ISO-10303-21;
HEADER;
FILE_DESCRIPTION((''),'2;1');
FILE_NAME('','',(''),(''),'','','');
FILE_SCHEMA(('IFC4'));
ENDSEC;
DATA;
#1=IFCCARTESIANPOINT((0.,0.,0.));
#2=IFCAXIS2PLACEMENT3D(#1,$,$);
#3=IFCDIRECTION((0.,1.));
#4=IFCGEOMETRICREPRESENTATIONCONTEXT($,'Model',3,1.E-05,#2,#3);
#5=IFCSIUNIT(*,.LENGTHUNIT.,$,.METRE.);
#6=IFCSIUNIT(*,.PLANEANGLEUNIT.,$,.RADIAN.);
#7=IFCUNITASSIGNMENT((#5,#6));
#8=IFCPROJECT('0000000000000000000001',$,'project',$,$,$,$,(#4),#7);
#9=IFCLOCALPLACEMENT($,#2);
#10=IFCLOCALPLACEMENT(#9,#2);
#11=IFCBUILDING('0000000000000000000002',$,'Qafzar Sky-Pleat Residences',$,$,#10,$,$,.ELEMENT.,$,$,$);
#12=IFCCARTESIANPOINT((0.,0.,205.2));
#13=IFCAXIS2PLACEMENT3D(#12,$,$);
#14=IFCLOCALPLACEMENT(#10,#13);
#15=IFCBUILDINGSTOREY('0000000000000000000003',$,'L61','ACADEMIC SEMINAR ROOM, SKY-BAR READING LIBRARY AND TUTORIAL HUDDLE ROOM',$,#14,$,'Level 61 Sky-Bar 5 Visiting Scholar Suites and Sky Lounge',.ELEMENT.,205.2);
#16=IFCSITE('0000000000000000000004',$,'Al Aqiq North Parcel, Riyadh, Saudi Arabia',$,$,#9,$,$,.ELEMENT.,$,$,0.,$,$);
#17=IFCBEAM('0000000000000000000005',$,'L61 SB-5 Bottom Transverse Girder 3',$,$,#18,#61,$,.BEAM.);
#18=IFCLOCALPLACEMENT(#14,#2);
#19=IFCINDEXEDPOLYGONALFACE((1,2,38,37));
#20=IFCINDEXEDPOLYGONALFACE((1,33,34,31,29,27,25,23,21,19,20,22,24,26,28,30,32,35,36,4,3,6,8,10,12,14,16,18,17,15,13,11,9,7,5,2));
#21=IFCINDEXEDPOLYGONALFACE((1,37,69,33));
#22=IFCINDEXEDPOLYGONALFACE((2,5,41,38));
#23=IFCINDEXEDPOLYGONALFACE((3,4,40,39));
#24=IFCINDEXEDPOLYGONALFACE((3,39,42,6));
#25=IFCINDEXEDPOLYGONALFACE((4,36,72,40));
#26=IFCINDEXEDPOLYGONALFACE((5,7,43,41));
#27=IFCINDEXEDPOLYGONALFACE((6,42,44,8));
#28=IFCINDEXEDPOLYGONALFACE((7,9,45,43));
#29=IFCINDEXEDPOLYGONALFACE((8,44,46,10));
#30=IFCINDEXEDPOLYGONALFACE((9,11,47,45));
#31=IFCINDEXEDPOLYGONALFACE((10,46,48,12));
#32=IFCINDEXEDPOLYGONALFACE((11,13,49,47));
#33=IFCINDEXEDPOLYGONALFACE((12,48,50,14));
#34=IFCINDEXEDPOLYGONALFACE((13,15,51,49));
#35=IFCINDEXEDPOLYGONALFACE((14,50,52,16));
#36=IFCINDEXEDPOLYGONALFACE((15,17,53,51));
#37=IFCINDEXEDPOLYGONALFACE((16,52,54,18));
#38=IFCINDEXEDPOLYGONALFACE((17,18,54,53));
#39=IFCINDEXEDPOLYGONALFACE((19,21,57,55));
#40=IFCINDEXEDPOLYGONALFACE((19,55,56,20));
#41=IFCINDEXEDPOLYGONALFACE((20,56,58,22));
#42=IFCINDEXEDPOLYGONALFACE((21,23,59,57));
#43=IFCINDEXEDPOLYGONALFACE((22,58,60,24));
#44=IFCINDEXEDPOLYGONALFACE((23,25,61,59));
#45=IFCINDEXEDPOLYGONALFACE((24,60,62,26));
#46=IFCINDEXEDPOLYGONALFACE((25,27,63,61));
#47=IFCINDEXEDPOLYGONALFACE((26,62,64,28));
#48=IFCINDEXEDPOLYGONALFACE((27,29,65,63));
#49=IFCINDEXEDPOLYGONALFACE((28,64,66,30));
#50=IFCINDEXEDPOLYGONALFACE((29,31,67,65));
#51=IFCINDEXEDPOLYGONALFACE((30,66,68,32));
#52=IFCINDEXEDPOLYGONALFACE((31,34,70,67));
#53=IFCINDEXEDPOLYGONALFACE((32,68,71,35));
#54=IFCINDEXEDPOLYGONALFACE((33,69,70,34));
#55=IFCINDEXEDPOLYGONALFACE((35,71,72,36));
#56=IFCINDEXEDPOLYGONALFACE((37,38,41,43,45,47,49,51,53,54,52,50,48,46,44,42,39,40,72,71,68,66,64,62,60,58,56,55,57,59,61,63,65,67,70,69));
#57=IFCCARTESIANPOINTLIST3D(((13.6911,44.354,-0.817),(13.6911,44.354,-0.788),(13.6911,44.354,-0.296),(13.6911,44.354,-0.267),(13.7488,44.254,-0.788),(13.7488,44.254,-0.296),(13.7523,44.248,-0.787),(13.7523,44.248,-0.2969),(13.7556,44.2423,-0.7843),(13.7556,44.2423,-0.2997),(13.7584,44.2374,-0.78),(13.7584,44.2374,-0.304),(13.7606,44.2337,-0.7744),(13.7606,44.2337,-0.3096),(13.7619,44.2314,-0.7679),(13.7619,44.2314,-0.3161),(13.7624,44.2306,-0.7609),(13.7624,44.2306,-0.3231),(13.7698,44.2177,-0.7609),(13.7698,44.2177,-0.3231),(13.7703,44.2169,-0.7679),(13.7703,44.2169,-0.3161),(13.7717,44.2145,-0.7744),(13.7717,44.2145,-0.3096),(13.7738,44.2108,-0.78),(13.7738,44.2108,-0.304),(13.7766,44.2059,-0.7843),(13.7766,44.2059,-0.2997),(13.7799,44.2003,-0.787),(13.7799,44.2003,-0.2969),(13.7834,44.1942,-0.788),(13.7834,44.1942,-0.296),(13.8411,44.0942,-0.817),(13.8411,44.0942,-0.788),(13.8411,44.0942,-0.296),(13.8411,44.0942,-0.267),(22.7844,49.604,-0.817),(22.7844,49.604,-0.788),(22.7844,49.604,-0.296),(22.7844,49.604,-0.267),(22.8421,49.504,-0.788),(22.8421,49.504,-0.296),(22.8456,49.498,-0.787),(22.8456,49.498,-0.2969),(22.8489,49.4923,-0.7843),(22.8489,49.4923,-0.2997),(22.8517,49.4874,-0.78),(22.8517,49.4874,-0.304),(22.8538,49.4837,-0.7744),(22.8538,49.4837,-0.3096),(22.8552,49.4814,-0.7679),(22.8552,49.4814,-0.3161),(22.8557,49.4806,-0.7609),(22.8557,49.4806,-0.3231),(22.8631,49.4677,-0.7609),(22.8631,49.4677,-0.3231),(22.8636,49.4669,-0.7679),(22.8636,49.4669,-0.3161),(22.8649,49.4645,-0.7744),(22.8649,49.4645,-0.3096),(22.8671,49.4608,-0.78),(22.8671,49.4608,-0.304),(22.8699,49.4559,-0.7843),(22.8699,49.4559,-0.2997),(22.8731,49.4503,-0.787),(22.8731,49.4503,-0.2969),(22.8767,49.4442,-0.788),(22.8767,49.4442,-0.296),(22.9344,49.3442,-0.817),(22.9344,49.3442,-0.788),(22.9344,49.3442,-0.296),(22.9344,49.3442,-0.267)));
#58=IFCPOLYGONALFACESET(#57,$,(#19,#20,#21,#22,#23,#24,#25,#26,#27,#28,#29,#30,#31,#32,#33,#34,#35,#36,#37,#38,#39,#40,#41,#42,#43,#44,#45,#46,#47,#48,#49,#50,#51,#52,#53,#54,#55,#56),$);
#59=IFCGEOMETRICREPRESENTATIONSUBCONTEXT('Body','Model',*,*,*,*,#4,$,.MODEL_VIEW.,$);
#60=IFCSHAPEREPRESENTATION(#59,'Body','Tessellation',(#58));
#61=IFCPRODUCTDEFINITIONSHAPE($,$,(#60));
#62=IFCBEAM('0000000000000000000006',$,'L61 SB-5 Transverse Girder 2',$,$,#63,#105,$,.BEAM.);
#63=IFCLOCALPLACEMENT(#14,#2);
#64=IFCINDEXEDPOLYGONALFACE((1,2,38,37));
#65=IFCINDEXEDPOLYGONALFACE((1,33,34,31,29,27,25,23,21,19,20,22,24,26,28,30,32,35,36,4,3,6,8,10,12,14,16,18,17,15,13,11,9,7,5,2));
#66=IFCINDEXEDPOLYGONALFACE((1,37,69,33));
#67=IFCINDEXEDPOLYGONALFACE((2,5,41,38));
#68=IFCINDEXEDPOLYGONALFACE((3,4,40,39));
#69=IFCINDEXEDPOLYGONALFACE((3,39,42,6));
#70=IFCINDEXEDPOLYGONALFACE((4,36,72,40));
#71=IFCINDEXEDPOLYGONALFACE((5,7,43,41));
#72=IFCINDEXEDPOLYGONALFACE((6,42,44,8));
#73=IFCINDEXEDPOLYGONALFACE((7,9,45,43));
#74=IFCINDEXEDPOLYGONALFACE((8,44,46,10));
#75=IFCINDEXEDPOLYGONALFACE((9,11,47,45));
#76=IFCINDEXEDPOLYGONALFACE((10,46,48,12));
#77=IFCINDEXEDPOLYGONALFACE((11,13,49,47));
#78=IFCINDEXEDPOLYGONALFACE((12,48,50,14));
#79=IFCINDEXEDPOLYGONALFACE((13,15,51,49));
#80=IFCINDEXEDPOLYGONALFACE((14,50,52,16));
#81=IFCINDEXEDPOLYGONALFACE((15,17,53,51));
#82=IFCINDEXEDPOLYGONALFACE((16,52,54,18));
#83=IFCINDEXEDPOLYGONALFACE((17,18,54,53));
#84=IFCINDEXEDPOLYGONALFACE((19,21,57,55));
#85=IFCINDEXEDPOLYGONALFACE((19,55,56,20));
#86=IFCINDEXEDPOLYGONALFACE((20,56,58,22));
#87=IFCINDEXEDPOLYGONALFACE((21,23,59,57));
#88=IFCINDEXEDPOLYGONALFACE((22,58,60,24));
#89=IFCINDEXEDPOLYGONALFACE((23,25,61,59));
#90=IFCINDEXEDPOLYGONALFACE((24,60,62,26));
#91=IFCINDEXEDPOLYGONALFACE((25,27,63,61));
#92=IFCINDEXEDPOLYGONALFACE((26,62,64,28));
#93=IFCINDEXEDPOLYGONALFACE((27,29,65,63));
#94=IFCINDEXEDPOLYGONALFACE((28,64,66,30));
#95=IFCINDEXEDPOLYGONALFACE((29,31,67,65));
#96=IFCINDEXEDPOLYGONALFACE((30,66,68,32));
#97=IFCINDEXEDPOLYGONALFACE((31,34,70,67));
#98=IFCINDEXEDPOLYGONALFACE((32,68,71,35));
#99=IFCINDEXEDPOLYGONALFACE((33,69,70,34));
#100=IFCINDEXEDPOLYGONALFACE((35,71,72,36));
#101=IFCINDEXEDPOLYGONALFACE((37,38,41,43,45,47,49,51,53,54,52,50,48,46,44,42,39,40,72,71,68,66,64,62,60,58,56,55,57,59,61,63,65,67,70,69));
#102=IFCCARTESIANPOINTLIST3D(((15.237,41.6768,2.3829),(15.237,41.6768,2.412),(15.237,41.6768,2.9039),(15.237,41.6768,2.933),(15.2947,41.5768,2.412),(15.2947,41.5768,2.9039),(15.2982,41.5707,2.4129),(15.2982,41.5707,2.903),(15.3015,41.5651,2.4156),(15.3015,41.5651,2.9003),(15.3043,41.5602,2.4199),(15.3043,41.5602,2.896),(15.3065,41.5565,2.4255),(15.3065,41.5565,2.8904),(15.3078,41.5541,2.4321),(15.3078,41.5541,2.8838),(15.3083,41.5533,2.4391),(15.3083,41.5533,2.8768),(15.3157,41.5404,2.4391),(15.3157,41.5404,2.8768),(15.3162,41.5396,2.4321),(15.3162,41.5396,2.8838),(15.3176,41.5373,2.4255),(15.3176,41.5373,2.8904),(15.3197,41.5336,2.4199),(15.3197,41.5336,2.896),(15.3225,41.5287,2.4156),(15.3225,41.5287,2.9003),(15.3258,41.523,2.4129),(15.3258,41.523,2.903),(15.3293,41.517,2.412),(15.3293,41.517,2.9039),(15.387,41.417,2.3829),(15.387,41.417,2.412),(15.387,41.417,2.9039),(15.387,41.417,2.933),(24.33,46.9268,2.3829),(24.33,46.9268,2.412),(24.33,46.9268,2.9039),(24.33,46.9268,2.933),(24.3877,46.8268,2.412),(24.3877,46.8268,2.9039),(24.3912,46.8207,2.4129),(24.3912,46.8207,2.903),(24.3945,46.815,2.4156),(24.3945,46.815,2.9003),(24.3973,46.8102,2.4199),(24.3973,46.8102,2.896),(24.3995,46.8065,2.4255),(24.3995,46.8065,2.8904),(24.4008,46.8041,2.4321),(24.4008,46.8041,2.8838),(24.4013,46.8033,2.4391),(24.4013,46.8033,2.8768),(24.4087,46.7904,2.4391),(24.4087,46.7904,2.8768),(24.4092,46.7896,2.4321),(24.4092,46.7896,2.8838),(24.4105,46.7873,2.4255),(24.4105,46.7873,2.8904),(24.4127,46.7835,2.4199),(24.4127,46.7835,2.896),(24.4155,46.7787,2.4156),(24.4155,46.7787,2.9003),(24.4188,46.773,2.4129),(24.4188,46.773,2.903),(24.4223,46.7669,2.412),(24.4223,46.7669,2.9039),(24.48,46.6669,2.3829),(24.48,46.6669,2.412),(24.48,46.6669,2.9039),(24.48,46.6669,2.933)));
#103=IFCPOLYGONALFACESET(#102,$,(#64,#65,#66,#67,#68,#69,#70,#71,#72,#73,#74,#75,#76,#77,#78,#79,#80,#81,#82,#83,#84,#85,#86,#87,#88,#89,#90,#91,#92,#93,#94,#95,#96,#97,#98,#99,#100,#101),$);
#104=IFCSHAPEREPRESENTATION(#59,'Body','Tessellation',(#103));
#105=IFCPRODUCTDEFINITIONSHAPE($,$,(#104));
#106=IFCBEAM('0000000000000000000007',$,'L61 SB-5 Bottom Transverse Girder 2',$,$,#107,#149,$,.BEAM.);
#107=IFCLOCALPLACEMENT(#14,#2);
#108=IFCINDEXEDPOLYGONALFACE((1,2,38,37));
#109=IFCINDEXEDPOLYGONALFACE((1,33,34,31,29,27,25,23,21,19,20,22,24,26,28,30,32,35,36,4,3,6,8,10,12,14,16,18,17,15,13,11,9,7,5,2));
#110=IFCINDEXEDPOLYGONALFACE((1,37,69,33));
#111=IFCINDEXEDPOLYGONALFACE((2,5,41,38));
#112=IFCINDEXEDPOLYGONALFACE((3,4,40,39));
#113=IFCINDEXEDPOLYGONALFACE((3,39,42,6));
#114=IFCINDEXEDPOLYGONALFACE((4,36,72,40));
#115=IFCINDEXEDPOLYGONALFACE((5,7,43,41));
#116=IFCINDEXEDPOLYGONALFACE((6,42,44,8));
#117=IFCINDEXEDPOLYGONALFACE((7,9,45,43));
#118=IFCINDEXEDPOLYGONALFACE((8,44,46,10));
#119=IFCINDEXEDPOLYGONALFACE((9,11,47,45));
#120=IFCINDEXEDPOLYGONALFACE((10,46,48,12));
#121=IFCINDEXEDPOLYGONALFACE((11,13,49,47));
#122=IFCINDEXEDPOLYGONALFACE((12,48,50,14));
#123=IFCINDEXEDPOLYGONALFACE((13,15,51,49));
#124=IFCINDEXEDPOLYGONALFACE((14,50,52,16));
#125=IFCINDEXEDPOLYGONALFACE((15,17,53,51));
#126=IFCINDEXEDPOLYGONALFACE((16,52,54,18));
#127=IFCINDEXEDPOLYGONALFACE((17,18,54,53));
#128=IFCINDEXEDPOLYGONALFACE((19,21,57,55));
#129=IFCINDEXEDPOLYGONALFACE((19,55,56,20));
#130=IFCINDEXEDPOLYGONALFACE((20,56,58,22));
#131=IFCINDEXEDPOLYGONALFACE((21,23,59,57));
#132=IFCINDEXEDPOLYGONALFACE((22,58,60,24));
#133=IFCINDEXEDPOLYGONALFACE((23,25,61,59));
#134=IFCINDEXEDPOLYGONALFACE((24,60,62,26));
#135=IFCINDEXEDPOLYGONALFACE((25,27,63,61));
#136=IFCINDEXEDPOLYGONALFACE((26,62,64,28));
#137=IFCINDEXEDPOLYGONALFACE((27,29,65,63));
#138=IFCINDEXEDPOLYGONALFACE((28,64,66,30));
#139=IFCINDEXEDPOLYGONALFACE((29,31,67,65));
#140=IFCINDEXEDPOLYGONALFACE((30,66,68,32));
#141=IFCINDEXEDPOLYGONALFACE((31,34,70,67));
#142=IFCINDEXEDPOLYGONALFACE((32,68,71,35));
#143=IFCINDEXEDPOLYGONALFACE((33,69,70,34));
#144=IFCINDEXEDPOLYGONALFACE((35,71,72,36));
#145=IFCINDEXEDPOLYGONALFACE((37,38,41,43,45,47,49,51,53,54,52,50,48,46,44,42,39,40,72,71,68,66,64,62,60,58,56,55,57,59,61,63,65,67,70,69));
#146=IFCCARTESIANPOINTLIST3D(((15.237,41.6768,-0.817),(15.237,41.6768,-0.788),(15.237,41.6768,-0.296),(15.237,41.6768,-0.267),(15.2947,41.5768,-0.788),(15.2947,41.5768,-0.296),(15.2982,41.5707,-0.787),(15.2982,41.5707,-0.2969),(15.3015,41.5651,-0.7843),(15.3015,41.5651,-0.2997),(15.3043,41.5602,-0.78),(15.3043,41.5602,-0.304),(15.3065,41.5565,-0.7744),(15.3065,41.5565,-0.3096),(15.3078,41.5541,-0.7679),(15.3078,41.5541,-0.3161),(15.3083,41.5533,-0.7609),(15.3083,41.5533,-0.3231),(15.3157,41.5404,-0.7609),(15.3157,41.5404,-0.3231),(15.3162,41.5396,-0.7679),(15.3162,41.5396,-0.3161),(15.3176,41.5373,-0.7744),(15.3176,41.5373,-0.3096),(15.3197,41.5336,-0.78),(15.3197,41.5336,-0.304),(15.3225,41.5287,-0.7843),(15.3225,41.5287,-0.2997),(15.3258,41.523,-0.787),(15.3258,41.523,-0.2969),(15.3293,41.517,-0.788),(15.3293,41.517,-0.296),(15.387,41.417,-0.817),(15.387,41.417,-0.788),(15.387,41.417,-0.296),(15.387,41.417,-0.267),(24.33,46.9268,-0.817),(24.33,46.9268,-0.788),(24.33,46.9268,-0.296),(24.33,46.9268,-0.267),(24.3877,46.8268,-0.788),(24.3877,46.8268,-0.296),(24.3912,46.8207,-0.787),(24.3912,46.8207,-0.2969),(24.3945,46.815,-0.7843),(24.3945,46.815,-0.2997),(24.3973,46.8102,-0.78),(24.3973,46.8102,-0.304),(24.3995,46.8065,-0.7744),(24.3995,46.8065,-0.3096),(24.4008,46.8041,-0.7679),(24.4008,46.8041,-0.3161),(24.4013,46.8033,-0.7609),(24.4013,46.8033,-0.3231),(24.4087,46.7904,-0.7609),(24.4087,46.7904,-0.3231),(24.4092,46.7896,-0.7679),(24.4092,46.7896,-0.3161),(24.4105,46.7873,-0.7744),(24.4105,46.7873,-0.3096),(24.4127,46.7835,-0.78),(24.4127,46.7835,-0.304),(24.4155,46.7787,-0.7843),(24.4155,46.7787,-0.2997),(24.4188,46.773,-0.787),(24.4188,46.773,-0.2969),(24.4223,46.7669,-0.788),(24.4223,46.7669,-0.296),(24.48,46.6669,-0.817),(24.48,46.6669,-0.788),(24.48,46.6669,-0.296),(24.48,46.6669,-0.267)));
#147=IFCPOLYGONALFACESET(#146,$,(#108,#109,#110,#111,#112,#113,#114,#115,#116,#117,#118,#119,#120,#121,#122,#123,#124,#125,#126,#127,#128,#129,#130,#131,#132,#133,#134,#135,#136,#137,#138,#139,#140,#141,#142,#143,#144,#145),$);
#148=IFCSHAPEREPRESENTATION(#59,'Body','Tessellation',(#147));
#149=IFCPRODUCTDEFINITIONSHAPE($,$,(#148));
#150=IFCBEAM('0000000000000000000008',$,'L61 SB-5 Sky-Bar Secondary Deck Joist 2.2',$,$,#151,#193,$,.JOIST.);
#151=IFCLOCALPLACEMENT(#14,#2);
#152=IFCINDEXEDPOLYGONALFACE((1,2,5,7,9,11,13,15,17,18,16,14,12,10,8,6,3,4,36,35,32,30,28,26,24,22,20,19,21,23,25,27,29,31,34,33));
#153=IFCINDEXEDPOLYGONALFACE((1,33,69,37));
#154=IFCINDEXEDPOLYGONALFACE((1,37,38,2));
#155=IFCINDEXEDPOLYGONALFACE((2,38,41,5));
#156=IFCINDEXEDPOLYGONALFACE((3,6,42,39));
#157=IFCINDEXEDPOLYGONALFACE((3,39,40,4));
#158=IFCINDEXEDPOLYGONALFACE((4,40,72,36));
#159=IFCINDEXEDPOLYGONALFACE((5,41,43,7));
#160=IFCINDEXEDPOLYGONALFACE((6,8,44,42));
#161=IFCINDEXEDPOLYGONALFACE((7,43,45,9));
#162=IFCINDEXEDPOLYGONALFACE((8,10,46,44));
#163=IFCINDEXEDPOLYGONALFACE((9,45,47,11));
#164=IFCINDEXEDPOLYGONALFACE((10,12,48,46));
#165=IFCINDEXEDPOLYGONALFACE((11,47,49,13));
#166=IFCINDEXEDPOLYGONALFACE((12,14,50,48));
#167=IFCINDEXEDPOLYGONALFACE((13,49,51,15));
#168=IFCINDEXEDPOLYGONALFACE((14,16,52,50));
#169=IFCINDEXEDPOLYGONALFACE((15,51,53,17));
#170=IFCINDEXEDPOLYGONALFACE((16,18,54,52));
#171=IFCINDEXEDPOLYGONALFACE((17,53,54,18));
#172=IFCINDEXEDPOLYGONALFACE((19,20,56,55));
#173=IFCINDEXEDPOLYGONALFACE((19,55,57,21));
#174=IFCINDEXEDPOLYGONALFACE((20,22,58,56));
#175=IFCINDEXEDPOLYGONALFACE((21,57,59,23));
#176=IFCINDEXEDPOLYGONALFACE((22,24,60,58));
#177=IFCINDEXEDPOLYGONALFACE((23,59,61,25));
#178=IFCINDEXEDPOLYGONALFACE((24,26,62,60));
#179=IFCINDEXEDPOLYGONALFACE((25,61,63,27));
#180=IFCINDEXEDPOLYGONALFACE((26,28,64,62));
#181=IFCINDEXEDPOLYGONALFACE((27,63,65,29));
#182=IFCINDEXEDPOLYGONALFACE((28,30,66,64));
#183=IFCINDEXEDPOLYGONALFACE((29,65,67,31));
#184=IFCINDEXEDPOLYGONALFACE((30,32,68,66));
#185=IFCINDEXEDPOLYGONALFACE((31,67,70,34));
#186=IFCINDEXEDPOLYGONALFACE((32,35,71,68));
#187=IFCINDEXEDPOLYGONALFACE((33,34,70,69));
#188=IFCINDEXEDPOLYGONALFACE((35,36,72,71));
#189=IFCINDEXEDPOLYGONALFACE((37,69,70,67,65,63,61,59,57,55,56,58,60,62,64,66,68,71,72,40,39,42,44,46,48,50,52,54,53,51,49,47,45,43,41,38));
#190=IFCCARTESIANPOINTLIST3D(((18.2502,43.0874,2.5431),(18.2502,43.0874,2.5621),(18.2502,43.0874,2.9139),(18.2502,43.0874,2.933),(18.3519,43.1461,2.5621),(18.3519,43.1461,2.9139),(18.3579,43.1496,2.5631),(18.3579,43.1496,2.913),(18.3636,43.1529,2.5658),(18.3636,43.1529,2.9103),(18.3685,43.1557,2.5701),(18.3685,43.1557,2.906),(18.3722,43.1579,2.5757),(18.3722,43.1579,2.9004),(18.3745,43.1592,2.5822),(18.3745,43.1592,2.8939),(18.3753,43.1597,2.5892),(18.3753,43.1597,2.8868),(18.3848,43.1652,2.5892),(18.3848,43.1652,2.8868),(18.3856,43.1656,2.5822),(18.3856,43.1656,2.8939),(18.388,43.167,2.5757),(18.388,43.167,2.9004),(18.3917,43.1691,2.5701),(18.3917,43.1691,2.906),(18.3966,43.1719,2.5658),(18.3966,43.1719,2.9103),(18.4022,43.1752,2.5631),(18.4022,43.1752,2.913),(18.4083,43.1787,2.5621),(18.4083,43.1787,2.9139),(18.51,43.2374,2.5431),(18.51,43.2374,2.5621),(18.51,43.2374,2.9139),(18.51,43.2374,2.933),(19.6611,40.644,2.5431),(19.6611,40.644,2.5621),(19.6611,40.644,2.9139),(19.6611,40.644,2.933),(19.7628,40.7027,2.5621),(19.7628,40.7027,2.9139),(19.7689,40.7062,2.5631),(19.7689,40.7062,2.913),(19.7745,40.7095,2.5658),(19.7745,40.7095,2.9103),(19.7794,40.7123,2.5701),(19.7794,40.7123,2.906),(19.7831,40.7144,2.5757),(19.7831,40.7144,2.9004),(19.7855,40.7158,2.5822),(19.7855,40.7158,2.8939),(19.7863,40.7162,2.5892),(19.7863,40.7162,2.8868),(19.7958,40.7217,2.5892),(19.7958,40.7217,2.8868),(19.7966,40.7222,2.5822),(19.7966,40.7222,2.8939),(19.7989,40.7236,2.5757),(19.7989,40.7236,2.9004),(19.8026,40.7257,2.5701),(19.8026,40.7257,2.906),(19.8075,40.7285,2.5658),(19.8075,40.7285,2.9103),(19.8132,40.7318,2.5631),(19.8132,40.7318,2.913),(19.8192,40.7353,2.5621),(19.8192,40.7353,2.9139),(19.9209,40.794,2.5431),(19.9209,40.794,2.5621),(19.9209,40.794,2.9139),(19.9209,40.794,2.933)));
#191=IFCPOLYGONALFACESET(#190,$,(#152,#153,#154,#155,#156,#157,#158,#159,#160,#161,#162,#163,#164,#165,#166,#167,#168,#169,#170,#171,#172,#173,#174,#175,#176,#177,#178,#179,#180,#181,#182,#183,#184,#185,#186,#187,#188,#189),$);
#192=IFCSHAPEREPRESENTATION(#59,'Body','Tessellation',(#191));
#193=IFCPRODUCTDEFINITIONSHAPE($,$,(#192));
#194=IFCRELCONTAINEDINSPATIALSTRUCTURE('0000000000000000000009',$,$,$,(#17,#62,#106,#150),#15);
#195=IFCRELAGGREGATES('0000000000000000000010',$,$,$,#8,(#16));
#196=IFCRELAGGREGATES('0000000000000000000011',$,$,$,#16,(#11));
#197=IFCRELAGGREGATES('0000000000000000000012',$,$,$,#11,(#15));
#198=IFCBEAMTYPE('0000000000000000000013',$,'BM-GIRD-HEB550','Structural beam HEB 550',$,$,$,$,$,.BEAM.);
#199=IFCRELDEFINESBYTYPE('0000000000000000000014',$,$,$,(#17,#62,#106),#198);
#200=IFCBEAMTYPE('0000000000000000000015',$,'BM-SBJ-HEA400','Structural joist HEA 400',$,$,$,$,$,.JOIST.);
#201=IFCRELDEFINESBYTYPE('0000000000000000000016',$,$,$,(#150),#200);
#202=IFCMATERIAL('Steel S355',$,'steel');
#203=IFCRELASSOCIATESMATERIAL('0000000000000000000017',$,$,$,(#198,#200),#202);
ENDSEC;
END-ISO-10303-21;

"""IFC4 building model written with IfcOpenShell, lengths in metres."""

from ifc_helpers import new_model, si_unit, direction, frame, origin, origin_2d, place, context, subcontext, project, spatial, i_section, extrude, source, transform, mapped, material, material_profile, profile_set, type_object, element, save


model = new_model("IFC4")

# Units and contexts
model_context = context("Model", 3, precision=1e-05, world=origin(), true_north=direction((0.0, 1.0)))
body_context = subcontext(model_context, "Body", "Model", "MODEL_VIEW")
ifc_project = project(units=[si_unit("LENGTHUNIT", "METRE"), si_unit("PLANEANGLEUNIT", "RADIAN")], contexts=[model_context])

# Site, building, storey
site_placement = place(None, origin())
site = spatial("IfcSite", under=ifc_project, at=site_placement, Name="Al Aqiq North Parcel, Riyadh, Saudi Arabia", CompositionType="ELEMENT", RefElevation=0.0)
building_placement = place(site_placement, origin())
building = spatial("IfcBuilding", under=site, at=building_placement, Name="Qafzar Sky-Pleat Residences", CompositionType="ELEMENT")
storey_placement = place(building_placement, frame((0.0, 0.0, 205.2)))
storey = spatial("IfcBuildingStorey", under=building, at=storey_placement, Name="L61", Description="ACADEMIC SEMINAR ROOM, SKY-BAR READING LIBRARY AND TUTORIAL HUDDLE ROOM", LongName="Level 61 Sky-Bar 5 Visiting Scholar Suites and Sky Lounge", CompositionType="ELEMENT", Elevation=205.2)

# Shared definitions
ifc_material_1 = material(Name="Steel S355", Category="steel")

# Beams
ifc_material_profile_1 = material_profile(ifc_material_1, i_section(OverallWidth=0.3, OverallDepth=0.55, WebThickness=0.0149, FlangeThickness=0.0291, FilletRadius=0.0271, at=origin_2d()), Name="HEB 550")
ifc_profile_set_1 = profile_set([ifc_material_profile_1], Name="Steel S355")
beam_type_1 = type_object("IfcBeamType", Name="BM-GIRD-HEB550", Description="Structural beam HEB 550", PredefinedType="BEAM", material=ifc_profile_set_1)
shared_shape_1 = source(origin(), body_context, "Body", "SweptSolid", [
    extrude(i_section(OverallWidth=0.3, OverallDepth=0.55, WebThickness=0.0149, FlangeThickness=0.0291, FilletRadius=0.0271, at=origin_2d()), origin(), (0.0, 0.0, 1.0), 10.5),
])
for number, where, z_axis, x_axis, name in (
    (1, (13.7661, 44.2241, -0.542), (0.866025, 0.5, 0.0), (-0.5, 0.866025, 0.0), "L61 SB-5 Bottom Transverse Girder 3"),
):
    element("IfcBeam", number, at=place(storey_placement, frame(where, z_axis=z_axis, x_axis=x_axis)), inside=storey, type_object=beam_type_1, Name=name, PredefinedType="BEAM", context=body_context, shape_type="MappedRepresentation", body=[
        mapped(shared_shape_1, transform((0.0, 0.0, 0.0), x_axis=(1.0, 0.0, 0.0), y_axis=(0.0, 1.0, 0.0), z_axis=(0.0, 0.0, 1.0), scale=1.0)),
    ])
shared_shape_2 = source(origin(), body_context, "Body", "SweptSolid", [
    extrude(i_section(OverallWidth=0.3, OverallDepth=0.55, WebThickness=0.0149, FlangeThickness=0.0291, FilletRadius=0.0271, at=origin_2d()), origin(), (0.0, 0.0, 1.0), 10.4998),
])
for number, where, z_axis, x_axis, name in (
    (2, (15.312, 41.5469, 2.658), (0.866019, 0.50001, 0.0), (-0.50001, 0.866019, 0.0), "L61 SB-5 Transverse Girder 2"),
    (3, (15.312, 41.5469, -0.542), (0.866019, 0.50001, 0.0), (-0.50001, 0.866019, 0.0), "L61 SB-5 Bottom Transverse Girder 2"),
):
    element("IfcBeam", number, at=place(storey_placement, frame(where, z_axis=z_axis, x_axis=x_axis)), inside=storey, type_object=beam_type_1, Name=name, PredefinedType="BEAM", context=body_context, shape_type="MappedRepresentation", body=[
        mapped(shared_shape_2, transform((0.0, 0.0, 0.0), x_axis=(1.0, 0.0, 0.0), y_axis=(0.0, 1.0, 0.0), z_axis=(0.0, 0.0, 1.0), scale=1.0)),
    ])
ifc_material_profile_2 = material_profile(ifc_material_1, i_section(OverallWidth=0.3, OverallDepth=0.3899, WebThickness=0.011, FlangeThickness=0.019, FilletRadius=0.0271, at=origin_2d()), Name="HEA 400")
ifc_profile_set_2 = profile_set([ifc_material_profile_2], Name="Steel S355")
beam_type_2 = type_object("IfcBeamType", Name="BM-SBJ-HEA400", Description="Structural joist HEA 400", PredefinedType="JOIST", material=ifc_profile_set_2)
shared_shape_3 = source(origin(), body_context, "Body", "SweptSolid", [
    extrude(i_section(OverallWidth=0.3, OverallDepth=0.3899, WebThickness=0.011, FlangeThickness=0.019, FilletRadius=0.0271, at=origin_2d()), origin(), (0.0, 0.0, 1.0), 2.8215),
])
beam_1_placement = place(storey_placement, frame((19.791, 40.719, 2.738), z_axis=(-0.500057, 0.865992, 0.0), x_axis=(-0.865992, -0.500057, 0.0)))
element("IfcBeam", 4, at=beam_1_placement, inside=storey, type_object=beam_type_2, Name="L61 SB-5 Sky-Bar Secondary Deck Joist 2.2", PredefinedType="JOIST", context=body_context, shape_type="MappedRepresentation", body=[
    mapped(shared_shape_3, transform((0.0, 0.0, 0.0), x_axis=(1.0, 0.0, 0.0), y_axis=(0.0, 1.0, 0.0), z_axis=(0.0, 0.0, 1.0), scale=1.0)),
])

save(model, "model.ifc")
